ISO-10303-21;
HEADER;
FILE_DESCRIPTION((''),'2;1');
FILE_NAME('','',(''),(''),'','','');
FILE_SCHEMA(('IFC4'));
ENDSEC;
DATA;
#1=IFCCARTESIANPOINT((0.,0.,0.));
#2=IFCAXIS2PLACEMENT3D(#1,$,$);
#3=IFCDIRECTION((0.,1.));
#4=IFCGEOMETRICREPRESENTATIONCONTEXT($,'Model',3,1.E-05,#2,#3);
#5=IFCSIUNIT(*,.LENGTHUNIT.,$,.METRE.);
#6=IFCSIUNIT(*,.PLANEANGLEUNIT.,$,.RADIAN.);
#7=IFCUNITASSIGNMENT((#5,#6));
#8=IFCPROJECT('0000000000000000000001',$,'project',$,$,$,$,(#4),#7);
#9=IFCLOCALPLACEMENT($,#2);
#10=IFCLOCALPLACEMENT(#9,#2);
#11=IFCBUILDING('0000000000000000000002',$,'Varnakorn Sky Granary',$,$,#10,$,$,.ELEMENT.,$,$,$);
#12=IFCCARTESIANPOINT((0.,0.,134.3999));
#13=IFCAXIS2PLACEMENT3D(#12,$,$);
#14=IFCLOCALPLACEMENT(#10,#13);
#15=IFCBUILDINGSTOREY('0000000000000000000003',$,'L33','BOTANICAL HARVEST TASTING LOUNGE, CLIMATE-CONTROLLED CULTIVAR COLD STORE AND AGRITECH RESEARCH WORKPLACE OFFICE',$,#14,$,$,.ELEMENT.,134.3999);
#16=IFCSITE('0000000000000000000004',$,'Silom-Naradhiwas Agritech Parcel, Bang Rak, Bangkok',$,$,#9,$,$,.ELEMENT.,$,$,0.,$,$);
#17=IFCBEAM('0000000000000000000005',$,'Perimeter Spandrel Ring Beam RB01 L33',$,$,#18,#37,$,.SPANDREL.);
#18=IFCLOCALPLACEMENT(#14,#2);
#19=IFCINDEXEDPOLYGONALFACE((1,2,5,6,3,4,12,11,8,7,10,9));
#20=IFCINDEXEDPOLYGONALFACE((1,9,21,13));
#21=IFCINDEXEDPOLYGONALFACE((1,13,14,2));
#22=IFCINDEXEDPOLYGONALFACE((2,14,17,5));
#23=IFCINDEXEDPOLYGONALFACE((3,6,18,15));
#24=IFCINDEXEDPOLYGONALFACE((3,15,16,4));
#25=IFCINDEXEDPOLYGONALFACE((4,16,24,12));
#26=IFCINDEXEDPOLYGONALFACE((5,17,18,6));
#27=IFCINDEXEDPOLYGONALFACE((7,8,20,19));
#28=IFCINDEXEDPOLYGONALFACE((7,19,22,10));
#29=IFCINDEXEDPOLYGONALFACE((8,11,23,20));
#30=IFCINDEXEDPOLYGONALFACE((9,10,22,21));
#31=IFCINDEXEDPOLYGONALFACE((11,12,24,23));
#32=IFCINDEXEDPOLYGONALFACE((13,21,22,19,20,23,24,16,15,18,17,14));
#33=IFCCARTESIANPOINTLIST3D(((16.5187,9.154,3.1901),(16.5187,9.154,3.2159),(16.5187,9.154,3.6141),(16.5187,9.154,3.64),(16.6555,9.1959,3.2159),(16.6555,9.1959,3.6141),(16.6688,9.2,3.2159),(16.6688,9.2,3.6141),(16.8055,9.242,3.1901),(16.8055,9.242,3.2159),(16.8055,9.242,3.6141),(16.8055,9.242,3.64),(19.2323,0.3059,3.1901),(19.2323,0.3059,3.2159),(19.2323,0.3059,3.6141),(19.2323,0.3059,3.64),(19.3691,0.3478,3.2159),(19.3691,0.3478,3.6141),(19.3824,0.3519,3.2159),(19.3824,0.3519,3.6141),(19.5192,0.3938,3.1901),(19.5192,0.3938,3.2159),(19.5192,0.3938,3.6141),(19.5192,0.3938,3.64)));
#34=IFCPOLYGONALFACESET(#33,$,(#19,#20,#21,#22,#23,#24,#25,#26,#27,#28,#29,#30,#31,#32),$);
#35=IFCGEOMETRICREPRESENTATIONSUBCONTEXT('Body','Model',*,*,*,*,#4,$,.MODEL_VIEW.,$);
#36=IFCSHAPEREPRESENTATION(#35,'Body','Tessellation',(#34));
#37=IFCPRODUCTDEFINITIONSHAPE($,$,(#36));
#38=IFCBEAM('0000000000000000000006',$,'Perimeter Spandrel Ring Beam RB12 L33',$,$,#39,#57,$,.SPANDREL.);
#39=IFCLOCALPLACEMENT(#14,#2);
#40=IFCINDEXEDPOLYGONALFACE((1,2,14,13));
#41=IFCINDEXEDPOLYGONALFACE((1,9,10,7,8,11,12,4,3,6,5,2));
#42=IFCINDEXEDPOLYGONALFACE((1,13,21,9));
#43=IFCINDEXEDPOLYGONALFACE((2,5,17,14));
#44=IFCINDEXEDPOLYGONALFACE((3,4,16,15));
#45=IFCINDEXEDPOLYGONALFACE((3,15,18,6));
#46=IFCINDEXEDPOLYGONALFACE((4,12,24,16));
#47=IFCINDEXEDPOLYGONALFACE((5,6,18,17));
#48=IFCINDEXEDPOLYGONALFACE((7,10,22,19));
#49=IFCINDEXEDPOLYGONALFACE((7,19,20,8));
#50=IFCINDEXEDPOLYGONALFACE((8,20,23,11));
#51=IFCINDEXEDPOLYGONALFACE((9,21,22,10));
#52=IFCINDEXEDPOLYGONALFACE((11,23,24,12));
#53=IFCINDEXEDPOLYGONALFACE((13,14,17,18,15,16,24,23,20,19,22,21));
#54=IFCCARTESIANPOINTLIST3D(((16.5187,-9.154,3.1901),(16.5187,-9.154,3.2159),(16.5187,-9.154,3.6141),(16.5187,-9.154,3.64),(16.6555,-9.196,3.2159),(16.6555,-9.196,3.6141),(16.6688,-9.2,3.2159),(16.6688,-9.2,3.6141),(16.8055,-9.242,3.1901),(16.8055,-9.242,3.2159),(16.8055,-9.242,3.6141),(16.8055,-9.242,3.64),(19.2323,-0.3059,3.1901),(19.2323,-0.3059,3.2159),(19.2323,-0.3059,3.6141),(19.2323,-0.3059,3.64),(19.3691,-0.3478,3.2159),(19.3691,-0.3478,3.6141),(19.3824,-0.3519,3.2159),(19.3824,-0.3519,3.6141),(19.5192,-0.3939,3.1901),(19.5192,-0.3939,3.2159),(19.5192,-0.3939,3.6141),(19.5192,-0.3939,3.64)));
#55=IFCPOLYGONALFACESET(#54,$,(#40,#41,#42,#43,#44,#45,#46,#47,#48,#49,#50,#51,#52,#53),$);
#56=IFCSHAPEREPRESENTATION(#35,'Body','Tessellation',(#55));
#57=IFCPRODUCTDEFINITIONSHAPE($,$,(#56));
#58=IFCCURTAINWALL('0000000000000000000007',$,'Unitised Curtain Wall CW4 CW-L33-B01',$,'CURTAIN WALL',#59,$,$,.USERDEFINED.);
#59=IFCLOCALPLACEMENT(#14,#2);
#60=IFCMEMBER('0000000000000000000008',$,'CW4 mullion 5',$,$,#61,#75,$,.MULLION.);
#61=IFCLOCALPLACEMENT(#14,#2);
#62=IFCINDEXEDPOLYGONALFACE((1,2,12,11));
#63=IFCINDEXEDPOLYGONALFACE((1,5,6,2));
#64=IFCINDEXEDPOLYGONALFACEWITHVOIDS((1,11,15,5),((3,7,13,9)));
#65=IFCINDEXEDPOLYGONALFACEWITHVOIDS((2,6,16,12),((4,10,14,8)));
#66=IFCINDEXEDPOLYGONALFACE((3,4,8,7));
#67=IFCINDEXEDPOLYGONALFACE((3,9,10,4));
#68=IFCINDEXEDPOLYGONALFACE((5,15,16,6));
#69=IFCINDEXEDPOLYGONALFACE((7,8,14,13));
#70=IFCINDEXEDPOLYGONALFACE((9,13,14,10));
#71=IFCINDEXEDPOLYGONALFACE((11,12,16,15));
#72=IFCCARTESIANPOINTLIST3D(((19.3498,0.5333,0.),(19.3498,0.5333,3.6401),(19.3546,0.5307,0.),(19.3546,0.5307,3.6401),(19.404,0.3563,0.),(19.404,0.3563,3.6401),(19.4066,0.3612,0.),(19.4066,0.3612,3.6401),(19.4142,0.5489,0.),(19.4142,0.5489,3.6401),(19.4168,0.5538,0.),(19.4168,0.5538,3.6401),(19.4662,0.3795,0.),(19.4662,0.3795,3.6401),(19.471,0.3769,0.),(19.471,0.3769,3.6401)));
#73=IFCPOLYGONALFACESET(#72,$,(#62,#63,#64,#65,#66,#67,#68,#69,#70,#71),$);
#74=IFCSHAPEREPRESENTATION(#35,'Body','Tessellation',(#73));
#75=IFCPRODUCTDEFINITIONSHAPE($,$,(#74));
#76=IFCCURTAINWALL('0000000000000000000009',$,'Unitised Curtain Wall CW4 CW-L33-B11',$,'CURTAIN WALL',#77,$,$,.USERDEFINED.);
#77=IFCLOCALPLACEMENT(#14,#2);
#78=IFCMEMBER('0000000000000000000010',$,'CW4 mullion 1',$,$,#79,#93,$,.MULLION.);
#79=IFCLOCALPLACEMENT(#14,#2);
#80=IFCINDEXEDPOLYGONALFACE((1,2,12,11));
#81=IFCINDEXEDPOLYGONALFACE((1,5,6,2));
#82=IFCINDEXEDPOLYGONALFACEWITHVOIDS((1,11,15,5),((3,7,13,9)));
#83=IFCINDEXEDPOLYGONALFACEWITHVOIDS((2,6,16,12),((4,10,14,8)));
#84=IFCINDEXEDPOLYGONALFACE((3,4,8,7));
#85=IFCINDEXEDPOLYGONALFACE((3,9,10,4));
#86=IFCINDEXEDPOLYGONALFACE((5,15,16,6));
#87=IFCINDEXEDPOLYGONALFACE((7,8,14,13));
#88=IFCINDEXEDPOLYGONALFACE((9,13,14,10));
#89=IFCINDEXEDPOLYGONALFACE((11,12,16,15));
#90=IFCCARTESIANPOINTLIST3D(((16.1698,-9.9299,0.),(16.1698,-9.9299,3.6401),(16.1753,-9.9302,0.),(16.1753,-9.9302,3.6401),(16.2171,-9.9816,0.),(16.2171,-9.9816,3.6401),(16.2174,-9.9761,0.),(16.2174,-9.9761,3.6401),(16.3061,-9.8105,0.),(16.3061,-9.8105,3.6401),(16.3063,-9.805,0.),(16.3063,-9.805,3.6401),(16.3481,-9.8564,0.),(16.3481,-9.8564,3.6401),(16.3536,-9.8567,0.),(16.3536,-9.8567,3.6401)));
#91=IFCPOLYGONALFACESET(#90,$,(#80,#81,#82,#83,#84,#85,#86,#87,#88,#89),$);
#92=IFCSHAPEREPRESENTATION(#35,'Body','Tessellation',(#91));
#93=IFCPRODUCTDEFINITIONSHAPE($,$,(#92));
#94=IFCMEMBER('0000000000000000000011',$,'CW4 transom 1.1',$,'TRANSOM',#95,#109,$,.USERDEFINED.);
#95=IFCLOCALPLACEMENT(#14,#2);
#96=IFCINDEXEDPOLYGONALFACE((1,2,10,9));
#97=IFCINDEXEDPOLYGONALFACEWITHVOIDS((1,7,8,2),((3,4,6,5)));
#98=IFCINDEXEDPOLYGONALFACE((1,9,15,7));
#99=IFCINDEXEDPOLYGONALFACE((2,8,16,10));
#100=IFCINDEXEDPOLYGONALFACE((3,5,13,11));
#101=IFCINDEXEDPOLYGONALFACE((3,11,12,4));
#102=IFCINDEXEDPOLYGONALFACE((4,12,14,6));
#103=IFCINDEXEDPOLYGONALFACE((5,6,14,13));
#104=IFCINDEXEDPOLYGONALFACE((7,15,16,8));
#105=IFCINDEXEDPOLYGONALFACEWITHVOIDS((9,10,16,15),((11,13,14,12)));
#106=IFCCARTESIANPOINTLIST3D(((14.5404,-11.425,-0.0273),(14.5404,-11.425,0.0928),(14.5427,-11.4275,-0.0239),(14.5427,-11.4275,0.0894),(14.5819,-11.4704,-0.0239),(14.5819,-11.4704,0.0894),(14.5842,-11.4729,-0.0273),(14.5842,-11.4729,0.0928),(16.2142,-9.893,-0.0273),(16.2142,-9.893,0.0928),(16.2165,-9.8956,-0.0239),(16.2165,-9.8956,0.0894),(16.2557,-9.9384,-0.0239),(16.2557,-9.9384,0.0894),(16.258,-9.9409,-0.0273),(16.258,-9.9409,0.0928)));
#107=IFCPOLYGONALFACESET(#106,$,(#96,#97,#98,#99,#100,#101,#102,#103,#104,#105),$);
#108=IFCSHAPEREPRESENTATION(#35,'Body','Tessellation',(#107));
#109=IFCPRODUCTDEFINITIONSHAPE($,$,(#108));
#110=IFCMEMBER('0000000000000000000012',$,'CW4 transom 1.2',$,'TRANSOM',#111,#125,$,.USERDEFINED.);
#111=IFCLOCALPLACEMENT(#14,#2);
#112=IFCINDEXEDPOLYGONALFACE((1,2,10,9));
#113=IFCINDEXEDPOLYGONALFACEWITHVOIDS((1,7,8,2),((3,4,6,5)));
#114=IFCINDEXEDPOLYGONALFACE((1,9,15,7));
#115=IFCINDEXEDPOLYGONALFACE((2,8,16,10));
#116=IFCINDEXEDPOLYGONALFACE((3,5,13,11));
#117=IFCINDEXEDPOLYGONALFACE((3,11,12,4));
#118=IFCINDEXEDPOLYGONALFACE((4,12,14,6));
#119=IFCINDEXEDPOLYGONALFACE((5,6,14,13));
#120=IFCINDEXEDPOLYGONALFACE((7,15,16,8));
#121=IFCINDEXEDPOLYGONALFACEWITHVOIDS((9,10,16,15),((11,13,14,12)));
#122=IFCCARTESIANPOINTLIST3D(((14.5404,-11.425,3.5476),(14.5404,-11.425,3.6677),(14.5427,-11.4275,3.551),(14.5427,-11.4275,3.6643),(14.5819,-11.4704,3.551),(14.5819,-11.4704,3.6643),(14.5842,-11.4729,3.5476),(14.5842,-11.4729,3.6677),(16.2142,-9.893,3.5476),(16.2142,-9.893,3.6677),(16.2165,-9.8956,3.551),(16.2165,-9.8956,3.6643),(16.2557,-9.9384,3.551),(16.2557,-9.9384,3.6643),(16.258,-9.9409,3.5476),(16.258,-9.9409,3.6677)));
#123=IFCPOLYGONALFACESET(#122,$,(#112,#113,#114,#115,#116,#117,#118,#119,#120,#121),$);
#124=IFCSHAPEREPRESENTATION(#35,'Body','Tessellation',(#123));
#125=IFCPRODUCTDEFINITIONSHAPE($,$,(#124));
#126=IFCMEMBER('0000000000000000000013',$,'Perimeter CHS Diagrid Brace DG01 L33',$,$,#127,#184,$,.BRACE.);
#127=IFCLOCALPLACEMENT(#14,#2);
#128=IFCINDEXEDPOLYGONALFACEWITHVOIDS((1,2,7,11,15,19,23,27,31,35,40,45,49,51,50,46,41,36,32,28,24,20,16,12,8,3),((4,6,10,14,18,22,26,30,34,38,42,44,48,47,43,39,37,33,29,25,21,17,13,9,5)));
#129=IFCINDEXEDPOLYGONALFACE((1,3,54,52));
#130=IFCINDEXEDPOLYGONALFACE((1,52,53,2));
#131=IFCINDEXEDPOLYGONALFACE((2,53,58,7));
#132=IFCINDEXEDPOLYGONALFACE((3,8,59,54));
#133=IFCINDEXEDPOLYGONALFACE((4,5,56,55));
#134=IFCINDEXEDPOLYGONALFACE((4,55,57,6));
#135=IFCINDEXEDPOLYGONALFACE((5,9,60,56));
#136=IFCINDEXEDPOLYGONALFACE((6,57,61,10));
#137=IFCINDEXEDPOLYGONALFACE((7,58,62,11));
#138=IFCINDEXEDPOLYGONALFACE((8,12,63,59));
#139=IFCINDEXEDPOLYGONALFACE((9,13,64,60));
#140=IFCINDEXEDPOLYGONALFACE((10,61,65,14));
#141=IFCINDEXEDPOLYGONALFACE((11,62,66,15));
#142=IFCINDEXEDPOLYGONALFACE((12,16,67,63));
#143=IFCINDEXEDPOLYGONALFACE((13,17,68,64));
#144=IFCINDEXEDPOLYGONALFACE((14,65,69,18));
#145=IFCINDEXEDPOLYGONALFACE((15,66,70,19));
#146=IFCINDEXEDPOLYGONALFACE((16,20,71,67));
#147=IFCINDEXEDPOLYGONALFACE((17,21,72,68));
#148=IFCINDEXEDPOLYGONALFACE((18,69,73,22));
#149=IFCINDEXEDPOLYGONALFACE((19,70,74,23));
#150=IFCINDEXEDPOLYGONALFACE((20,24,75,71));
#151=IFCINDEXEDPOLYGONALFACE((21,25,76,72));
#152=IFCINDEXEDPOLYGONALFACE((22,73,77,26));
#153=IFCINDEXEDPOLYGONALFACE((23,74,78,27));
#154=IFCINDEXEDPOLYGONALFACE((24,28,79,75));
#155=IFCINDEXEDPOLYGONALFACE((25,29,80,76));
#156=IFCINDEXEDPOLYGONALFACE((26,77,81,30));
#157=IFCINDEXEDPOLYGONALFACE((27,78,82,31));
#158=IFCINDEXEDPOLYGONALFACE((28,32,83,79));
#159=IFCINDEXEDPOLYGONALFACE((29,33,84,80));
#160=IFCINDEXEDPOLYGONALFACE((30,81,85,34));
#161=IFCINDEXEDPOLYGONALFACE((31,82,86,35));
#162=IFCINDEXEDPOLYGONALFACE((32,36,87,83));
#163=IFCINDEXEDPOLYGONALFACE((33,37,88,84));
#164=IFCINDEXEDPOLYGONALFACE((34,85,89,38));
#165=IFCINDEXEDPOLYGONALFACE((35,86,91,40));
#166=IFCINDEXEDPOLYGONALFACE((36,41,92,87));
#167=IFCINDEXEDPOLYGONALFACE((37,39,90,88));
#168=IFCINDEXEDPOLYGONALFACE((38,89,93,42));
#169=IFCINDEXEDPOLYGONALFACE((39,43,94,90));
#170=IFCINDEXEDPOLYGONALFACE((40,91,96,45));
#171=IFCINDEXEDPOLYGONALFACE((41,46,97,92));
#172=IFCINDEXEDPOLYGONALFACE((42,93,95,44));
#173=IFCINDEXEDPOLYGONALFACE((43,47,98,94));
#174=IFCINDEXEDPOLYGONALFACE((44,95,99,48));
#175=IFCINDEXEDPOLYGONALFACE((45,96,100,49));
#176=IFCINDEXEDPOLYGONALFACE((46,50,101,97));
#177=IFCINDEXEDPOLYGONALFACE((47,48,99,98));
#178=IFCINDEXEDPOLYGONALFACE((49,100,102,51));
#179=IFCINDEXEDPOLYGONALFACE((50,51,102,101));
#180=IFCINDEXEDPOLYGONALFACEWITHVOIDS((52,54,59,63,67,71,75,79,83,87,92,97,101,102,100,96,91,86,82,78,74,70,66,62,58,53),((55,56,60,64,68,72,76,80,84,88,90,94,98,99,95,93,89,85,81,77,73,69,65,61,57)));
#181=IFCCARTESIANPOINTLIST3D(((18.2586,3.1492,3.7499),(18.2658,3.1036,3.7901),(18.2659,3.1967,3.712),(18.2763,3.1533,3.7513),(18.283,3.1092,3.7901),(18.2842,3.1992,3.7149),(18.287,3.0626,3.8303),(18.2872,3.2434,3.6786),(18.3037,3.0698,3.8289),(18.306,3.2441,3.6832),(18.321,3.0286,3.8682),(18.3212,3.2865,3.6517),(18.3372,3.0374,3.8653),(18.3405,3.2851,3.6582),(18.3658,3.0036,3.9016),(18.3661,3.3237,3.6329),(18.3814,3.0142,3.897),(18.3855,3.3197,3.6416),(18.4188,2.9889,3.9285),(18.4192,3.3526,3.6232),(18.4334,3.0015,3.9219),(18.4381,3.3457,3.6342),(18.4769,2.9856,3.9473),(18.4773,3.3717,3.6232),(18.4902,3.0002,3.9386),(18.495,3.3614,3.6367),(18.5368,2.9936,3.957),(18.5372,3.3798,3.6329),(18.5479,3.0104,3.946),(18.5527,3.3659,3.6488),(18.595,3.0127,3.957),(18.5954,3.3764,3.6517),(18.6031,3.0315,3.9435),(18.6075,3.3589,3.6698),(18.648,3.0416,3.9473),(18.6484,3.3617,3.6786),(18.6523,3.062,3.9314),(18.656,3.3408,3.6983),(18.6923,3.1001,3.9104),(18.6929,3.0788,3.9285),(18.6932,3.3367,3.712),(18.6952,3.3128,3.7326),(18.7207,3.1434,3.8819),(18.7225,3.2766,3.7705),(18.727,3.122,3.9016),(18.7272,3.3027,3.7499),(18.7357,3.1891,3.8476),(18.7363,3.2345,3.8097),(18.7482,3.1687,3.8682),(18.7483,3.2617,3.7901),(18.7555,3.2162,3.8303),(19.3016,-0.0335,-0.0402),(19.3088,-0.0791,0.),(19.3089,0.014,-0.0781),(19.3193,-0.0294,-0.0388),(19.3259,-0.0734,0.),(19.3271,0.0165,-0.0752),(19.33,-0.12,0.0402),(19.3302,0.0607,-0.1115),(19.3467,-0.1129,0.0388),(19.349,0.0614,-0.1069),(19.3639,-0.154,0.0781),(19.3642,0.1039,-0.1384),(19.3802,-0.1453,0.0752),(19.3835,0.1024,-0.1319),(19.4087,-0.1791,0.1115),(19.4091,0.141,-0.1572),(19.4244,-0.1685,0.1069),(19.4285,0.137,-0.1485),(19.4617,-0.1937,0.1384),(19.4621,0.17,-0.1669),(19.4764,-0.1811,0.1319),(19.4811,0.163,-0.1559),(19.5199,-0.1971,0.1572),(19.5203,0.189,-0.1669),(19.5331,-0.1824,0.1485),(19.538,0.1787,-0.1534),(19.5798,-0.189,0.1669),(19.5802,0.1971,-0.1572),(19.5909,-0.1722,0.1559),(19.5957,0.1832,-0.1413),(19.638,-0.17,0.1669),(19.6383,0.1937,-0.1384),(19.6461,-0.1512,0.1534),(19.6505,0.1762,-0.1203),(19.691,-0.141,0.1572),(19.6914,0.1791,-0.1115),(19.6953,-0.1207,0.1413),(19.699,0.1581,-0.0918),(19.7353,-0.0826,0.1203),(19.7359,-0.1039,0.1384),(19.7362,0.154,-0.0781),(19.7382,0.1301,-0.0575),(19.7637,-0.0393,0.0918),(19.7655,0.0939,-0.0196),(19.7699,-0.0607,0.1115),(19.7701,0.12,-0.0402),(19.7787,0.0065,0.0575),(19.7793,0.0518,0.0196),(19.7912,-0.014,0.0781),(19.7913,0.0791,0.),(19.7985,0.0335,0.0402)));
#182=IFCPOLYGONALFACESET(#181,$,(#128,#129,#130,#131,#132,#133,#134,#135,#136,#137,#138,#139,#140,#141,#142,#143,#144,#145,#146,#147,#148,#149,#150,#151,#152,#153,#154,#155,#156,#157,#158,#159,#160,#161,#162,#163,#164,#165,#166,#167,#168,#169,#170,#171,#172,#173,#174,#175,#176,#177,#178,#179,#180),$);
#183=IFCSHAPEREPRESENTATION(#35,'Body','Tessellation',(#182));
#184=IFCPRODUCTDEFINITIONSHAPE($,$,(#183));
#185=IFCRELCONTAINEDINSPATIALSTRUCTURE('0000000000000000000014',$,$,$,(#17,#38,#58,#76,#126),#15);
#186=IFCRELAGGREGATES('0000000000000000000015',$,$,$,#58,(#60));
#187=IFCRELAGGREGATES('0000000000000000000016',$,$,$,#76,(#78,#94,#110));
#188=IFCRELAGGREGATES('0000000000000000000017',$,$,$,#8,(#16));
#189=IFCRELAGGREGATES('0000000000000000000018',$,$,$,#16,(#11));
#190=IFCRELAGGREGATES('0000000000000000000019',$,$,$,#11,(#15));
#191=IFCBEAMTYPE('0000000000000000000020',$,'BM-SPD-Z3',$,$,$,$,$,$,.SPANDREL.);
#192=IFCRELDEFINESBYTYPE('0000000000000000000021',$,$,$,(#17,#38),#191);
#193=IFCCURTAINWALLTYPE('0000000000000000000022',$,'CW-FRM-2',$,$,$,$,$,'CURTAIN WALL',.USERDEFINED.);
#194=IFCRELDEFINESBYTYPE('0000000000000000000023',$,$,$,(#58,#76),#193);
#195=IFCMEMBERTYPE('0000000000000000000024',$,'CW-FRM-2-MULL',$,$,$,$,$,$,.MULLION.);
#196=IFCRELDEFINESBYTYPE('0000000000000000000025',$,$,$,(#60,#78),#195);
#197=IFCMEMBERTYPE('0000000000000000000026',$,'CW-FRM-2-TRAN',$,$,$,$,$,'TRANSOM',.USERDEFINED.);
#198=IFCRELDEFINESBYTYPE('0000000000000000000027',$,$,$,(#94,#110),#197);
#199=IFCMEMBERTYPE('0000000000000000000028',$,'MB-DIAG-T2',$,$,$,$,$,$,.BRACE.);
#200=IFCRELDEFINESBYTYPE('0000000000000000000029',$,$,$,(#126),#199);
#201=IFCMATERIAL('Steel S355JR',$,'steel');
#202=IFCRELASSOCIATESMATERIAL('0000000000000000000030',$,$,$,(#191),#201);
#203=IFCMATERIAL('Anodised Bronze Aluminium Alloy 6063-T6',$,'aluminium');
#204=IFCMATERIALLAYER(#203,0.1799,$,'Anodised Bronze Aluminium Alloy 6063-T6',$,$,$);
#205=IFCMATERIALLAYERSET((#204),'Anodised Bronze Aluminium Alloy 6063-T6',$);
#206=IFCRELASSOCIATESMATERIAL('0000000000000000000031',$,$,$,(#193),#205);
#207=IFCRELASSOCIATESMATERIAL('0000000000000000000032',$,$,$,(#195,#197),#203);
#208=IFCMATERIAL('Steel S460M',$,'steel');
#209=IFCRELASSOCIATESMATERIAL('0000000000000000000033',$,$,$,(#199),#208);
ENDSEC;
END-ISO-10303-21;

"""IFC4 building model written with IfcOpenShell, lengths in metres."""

from ifc_helpers import new_model, si_unit, direction, frame, origin, origin_2d, place, context, subcontext, project, spatial, hollow_rectangle, hollow_circle, i_section, extrude, material, layer, layer_set, material_profile, profile_set, type_object, element, aggregate, save


model = new_model("IFC4")

# Units and contexts
model_context = context("Model", 3, precision=1e-05, world=origin(), true_north=direction((0.0, 1.0)))
body_context = subcontext(model_context, "Body", "Model", "MODEL_VIEW")
ifc_project = project(units=[si_unit("LENGTHUNIT", "METRE"), si_unit("PLANEANGLEUNIT", "RADIAN")], contexts=[model_context])

# Site, building, storey
site_placement = place(None, origin())
site = spatial("IfcSite", under=ifc_project, at=site_placement, Name="Silom-Naradhiwas Agritech Parcel, Bang Rak, Bangkok", CompositionType="ELEMENT", RefElevation=0.0)
building_placement = place(site_placement, origin())
building = spatial("IfcBuilding", under=site, at=building_placement, Name="Varnakorn Sky Granary", CompositionType="ELEMENT")
storey_placement = place(building_placement, frame((0.0, 0.0, 134.3999)))
storey = spatial("IfcBuildingStorey", under=building, at=storey_placement, Name="L33", Description="BOTANICAL HARVEST TASTING LOUNGE, CLIMATE-CONTROLLED CULTIVAR COLD STORE AND AGRITECH RESEARCH WORKPLACE OFFICE", CompositionType="ELEMENT", Elevation=134.3999)

# Shared definitions
ifc_material_1 = material(Name="Steel S460M", Category="steel")

# Beams
ifc_material_2 = material(Name="Steel S355JR", Category="steel")
ifc_material_profile_1 = material_profile(ifc_material_2, i_section(OverallWidth=0.3, OverallDepth=0.45, WebThickness=0.0139, FlangeThickness=0.0259, at=origin_2d()), Name="HE 450 B")
ifc_profile_set_1 = profile_set([ifc_material_profile_1], Name="Steel S355JR")
beam_type_1 = type_object("IfcBeamType", Name="BM-SPD-Z3", PredefinedType="SPANDREL", material=ifc_profile_set_1)
for number, where, z_axis, x_axis, name in (
    (1, (19.3757, 0.3499, 3.415), (-0.293209, 0.956048, 0.0), (-0.956048, -0.293209, 0.0), "Perimeter Spandrel Ring Beam RB01 L33"),
    (2, (16.6621, -9.198, 3.415), (0.293209, 0.956048, 0.0), (-0.956048, 0.293209, 0.0), "Perimeter Spandrel Ring Beam RB12 L33"),
):
    element("IfcBeam", number, at=place(storey_placement, frame(where, z_axis=z_axis, x_axis=x_axis)), inside=storey, type_object=beam_type_1, Name=name, PredefinedType="SPANDREL", context=body_context, shape_type="SweptSolid", body=[
        extrude(i_section(OverallWidth=0.3, OverallDepth=0.45, WebThickness=0.0139, FlangeThickness=0.0259, at=origin_2d()), origin(), (0.0, 0.0, 1.0), 9.2549),
    ])

# Curtain wall, member
ifc_material_3 = material(Name="Anodised Bronze Aluminium Alloy 6063-T6", Category="aluminium")
ifc_layer_1 = layer(ifc_material_3, 0.1799, Name="Anodised Bronze Aluminium Alloy 6063-T6")
ifc_layer_set_1 = layer_set([ifc_layer_1], Name="Anodised Bronze Aluminium Alloy 6063-T6")
curtain_wall_type = type_object("IfcCurtainWallType", Name="CW-FRM-2", ElementType="CURTAIN WALL", PredefinedType="USERDEFINED", material=ifc_layer_set_1)
curtain_wall_1_placement = place(storey_placement, origin())
curtain_wall_1 = element("IfcCurtainWall", 3, at=curtain_wall_1_placement, inside=storey, type_object=curtain_wall_type, Name="Unitised Curtain Wall CW4 CW-L33-B01", ObjectType="CURTAIN WALL", PredefinedType="USERDEFINED")
ifc_material_profile_2 = material_profile(ifc_material_3, hollow_rectangle(XDim=0.0701, YDim=0.1851, WallThickness=0.0039, at=origin_2d()), Name="ALU MULL 70x185")
ifc_profile_set_2 = profile_set([ifc_material_profile_2], Name="Anodised Bronze Aluminium Alloy 6063-T6")
member_type_1 = type_object("IfcMemberType", Name="CW-FRM-2-MULL", PredefinedType="MULLION", material=ifc_profile_set_2)
member_1_placement = place(storey_placement, frame((19.4104, 0.4551, 0.0), z_axis=(0.0, 0.0, 1.0), x_axis=(0.956009, 0.293337, 0.0)))
member_1 = element("IfcMember", 4, at=member_1_placement, type_object=member_type_1, Name="CW4 mullion 5", PredefinedType="MULLION", context=body_context, shape_type="SweptSolid", body=[
    extrude(hollow_rectangle(XDim=0.0701, YDim=0.1851, WallThickness=0.0039, at=origin_2d()), origin(), (0.0, 0.0, 1.0), 3.6401),
])
aggregate(curtain_wall_1, [member_1])

# Curtain wall, members
curtain_wall_2_placement = place(storey_placement, origin())
curtain_wall_2 = element("IfcCurtainWall", 5, at=curtain_wall_2_placement, inside=storey, type_object=curtain_wall_type, Name="Unitised Curtain Wall CW4 CW-L33-B11", ObjectType="CURTAIN WALL", PredefinedType="USERDEFINED")
member_2_placement = place(storey_placement, frame((16.2617, -9.8933, 0.0), z_axis=(0.0, 0.0, 1.0), x_axis=(0.675183, -0.737651, 0.0)))
member_2 = element("IfcMember", 6, at=member_2_placement, type_object=member_type_1, Name="CW4 mullion 1", PredefinedType="MULLION", context=body_context, shape_type="SweptSolid", body=[
    extrude(hollow_rectangle(XDim=0.0701, YDim=0.1851, WallThickness=0.0039, at=origin_2d()), origin(), (0.0, 0.0, 1.0), 3.6401),
])
ifc_material_profile_3 = material_profile(ifc_material_3, hollow_rectangle(XDim=0.0649, YDim=0.1201, WallThickness=0.0034, at=origin_2d()), Name="ALU TRAN 65x120")
ifc_profile_set_3 = profile_set([ifc_material_profile_3], Name="Anodised Bronze Aluminium Alloy 6063-T6")
member_type_2 = type_object("IfcMemberType", Name="CW-FRM-2-TRAN", ElementType="TRANSOM", PredefinedType="USERDEFINED", material=ifc_profile_set_3)
member_3_placement = place(storey_placement, frame((16.2361, -9.917, 0.0327), z_axis=(-0.737672, -0.675159, 0.0), x_axis=(0.675159, -0.737672, 0.0)))
member_3 = element("IfcMember", 7, at=member_3_placement, type_object=member_type_2, Name="CW4 transom 1.1", ObjectType="TRANSOM", PredefinedType="USERDEFINED", context=body_context, shape_type="SweptSolid", body=[
    extrude(hollow_rectangle(XDim=0.0649, YDim=0.1201, WallThickness=0.0034, at=origin_2d()), origin(), (0.0, 0.0, 1.0), 2.269),
])
member_4_placement = place(storey_placement, frame((16.2361, -9.917, 3.6077), z_axis=(-0.737672, -0.675159, 0.0), x_axis=(0.675159, -0.737672, 0.0)))
member_4 = element("IfcMember", 8, at=member_4_placement, type_object=member_type_2, Name="CW4 transom 1.2", ObjectType="TRANSOM", PredefinedType="USERDEFINED", context=body_context, shape_type="SweptSolid", body=[
    extrude(hollow_rectangle(XDim=0.0649, YDim=0.1201, WallThickness=0.0034, at=origin_2d()), origin(), (0.0, 0.0, 1.0), 2.269),
])

# Member
ifc_material_profile_4 = material_profile(ifc_material_1, hollow_circle(Radius=0.2539, WallThickness=0.0181, at=origin_2d()), Name="CHS 508x18")
ifc_profile_set_4 = profile_set([ifc_material_profile_4], Name="Steel S460M")
member_type_3 = type_object("IfcMemberType", Name="MB-DIAG-T2", PredefinedType="BRACE", material=ifc_profile_set_4)
for number, where, z_axis, x_axis, name in (
    (9, (19.55, 0.0, 0.0), (-0.20621, 0.629251, 0.749347), (-0.950275, -0.311413, 0.0), "Perimeter CHS Diagrid Brace DG01 L33"),
):
    element("IfcMember", number, at=place(storey_placement, frame(where, z_axis=z_axis, x_axis=x_axis)), inside=storey, type_object=member_type_3, Name=name, PredefinedType="BRACE", context=body_context, shape_type="SweptSolid", body=[
        extrude(hollow_circle(Radius=0.2539, WallThickness=0.0181, at=origin_2d()), origin(), (0.0, 0.0, 1.0), 5.0579),
    ])

aggregate(curtain_wall_2, [member_2, member_3, member_4])

save(model, "model.ifc")
